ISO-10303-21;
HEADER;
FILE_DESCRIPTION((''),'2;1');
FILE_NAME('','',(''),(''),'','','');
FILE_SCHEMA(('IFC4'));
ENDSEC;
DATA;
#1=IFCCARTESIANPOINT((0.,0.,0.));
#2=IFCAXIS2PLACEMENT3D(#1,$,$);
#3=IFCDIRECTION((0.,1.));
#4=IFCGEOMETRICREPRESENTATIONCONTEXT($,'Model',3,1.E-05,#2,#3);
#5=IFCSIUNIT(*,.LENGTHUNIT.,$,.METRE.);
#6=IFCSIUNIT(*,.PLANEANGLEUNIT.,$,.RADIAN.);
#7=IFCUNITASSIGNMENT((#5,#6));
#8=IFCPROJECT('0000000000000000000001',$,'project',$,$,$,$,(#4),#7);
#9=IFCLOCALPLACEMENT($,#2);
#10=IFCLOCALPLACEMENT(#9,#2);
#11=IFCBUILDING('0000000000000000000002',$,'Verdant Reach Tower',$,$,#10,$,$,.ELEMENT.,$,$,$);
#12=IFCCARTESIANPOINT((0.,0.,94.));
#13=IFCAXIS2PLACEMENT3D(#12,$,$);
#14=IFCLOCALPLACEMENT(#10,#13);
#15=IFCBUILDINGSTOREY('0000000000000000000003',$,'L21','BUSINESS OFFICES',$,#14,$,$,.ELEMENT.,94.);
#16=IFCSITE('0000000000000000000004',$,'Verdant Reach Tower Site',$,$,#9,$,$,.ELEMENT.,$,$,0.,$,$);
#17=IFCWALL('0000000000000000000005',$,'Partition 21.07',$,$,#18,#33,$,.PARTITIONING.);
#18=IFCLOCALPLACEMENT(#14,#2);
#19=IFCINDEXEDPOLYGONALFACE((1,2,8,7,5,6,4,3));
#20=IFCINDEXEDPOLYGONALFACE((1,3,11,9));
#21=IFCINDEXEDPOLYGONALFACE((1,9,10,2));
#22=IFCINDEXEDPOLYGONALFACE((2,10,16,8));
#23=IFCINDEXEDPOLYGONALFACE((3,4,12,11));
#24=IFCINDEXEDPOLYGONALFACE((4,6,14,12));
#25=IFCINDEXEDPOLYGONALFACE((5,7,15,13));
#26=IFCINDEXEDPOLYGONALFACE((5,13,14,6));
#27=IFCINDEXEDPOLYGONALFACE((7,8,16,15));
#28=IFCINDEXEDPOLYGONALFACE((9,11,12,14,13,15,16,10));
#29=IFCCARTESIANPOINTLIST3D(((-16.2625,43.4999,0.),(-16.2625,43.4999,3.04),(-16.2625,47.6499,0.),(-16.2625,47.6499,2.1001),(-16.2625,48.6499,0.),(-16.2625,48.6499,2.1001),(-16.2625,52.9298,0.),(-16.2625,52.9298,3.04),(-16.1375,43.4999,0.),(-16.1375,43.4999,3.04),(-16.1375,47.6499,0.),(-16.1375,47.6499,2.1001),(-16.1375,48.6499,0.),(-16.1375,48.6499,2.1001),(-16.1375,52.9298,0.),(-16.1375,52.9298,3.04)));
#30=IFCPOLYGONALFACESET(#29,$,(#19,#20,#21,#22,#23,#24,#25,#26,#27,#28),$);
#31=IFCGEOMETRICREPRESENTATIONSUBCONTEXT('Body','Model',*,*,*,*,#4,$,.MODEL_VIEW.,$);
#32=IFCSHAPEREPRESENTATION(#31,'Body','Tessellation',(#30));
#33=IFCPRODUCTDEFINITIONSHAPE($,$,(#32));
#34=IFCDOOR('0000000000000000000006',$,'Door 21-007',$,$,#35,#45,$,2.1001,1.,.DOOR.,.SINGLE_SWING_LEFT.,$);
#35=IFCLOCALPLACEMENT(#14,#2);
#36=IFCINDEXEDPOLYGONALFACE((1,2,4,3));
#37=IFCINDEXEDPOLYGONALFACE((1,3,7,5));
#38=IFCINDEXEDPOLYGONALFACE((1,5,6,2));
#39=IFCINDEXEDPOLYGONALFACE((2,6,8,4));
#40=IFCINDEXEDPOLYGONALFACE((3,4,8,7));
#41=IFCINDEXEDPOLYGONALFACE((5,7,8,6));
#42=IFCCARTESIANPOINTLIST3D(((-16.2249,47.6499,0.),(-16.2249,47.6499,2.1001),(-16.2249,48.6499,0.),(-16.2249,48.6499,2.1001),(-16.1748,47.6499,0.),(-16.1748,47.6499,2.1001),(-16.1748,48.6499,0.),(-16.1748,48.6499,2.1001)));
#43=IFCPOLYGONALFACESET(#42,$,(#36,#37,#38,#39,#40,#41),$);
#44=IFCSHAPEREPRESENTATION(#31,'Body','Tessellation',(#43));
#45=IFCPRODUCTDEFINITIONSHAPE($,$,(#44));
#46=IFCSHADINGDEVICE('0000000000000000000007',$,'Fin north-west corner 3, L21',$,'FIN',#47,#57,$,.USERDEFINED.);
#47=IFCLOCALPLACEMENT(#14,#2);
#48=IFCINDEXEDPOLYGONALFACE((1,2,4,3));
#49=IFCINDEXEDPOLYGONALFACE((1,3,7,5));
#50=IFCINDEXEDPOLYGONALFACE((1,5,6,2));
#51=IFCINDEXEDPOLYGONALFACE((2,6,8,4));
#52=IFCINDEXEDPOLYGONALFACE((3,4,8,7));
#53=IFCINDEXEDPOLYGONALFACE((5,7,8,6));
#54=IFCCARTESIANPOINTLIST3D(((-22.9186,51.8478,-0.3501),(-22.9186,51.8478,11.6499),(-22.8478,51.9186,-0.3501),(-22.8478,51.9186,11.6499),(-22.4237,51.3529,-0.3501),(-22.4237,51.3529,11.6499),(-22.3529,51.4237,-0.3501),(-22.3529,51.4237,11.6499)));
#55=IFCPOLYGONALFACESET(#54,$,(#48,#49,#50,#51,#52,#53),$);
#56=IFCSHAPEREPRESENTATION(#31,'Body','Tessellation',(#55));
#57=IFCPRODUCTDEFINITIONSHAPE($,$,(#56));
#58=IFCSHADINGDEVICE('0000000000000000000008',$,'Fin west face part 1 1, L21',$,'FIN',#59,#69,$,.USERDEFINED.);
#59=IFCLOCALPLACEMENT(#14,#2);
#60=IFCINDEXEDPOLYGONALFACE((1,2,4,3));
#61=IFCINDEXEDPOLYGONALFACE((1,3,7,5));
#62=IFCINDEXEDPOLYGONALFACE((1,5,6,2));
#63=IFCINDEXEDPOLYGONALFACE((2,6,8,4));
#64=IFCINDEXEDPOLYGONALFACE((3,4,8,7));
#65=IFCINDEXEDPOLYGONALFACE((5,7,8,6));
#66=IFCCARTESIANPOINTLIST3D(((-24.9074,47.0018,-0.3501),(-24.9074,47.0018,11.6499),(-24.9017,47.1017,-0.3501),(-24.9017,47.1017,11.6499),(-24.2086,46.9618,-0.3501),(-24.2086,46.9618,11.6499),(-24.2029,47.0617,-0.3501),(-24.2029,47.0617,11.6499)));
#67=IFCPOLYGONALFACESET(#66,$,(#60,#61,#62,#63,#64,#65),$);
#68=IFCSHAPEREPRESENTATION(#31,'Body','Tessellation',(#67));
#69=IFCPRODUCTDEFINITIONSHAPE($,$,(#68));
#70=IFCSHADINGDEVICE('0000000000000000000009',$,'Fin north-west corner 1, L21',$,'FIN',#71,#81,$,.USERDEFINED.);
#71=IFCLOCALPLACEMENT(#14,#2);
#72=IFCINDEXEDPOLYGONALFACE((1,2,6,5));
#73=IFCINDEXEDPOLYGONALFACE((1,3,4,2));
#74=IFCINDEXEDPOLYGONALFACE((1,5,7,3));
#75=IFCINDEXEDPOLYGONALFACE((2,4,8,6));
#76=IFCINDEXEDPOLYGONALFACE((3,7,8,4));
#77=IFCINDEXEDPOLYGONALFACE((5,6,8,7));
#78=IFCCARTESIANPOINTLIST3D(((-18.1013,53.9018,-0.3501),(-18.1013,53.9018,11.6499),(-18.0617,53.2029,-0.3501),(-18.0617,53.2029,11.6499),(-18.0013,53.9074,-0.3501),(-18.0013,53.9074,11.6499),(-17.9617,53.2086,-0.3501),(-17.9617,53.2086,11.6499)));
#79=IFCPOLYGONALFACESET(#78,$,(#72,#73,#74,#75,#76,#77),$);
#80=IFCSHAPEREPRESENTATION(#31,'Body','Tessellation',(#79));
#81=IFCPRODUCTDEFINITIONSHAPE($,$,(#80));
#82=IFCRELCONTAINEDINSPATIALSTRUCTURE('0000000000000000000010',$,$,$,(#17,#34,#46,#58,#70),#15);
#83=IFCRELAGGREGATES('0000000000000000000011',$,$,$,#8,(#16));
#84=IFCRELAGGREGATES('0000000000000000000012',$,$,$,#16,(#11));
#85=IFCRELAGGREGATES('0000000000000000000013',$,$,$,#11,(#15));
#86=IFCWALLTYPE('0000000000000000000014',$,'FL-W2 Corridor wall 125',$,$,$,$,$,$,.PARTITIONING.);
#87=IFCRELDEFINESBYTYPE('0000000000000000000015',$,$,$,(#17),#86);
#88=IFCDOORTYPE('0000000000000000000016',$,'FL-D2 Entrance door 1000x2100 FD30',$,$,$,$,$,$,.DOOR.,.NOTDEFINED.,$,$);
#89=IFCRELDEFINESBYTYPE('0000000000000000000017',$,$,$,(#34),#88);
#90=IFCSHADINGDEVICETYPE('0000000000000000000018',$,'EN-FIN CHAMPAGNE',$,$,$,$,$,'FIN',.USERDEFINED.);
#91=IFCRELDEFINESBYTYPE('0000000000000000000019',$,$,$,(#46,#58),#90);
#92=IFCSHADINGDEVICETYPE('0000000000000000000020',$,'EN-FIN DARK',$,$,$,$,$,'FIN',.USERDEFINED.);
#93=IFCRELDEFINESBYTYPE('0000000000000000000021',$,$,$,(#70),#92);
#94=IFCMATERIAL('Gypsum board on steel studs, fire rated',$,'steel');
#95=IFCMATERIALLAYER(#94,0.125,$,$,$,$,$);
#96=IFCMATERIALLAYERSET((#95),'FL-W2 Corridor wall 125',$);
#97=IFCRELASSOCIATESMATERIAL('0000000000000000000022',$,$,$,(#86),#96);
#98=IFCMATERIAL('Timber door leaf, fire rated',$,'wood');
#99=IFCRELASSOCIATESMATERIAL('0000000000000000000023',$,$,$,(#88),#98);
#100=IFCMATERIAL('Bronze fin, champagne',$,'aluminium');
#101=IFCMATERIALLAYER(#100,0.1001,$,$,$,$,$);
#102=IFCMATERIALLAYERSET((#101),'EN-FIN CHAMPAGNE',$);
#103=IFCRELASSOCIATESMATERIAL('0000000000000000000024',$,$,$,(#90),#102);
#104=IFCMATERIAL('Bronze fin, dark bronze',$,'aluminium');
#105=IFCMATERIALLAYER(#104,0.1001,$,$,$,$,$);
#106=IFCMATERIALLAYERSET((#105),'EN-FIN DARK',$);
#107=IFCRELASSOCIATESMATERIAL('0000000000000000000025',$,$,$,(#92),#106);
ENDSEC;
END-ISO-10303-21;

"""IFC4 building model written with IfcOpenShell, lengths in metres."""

from ifc_helpers import new_model, si_unit, direction, frame, frame_2d, origin, origin_2d, place, context, subcontext, project, spatial, rectangle, extrude, material, layer, layer_set, type_object, element, fill, save


model = new_model("IFC4")

# Units and contexts
model_context = context("Model", 3, precision=1e-05, world=origin(), true_north=direction((0.0, 1.0)))
body_context = subcontext(model_context, "Body", "Model", "MODEL_VIEW")
ifc_project = project(units=[si_unit("LENGTHUNIT", "METRE"), si_unit("PLANEANGLEUNIT", "RADIAN")], contexts=[model_context])

# Site, building, storey
site_placement = place(None, origin())
site = spatial("IfcSite", under=ifc_project, at=site_placement, Name="Verdant Reach Tower Site", CompositionType="ELEMENT", RefElevation=0.0)
building_placement = place(site_placement, origin())
building = spatial("IfcBuilding", under=site, at=building_placement, Name="Verdant Reach Tower", CompositionType="ELEMENT")
storey_placement = place(building_placement, frame((0.0, 0.0, 94.0)))
storey = spatial("IfcBuildingStorey", under=building, at=storey_placement, Name="L21", Description="BUSINESS OFFICES", CompositionType="ELEMENT", Elevation=94.0)

# Wall, opening, door
ifc_material_1 = material(Name="Gypsum board on steel studs, fire rated", Category="steel")
ifc_layer_1 = layer(ifc_material_1, 0.125)
ifc_layer_set_1 = layer_set([ifc_layer_1], Name="FL-W2 Corridor wall 125")
wall_type_1 = type_object("IfcWallType", Name="FL-W2 Corridor wall 125", PredefinedType="PARTITIONING", material=ifc_layer_set_1)
wall_1_placement = place(storey_placement, frame((-16.2, 43.5, 0.0), z_axis=(0.0, 0.0, 1.0), x_axis=(0.0, 1.0, 0.0)))
wall_1 = element("IfcWall", 1, at=wall_1_placement, inside=storey, type_object=wall_type_1, Name="Partition 21.07", PredefinedType="PARTITIONING", context=body_context, shape_type="SweptSolid", body=[
    extrude(rectangle(XDim=9.4299, YDim=0.125, at=frame_2d((4.7148, 0.0))), origin(), (0.0, 0.0, 1.0), 3.04),
])
opening_placement = place(wall_1_placement, frame((4.1499, 0.0, 0.0)))
opening = element("IfcOpeningElement", 2, at=opening_placement, cuts=wall_1, PredefinedType="OPENING", context=body_context, shape_type="SweptSolid", body=[
    extrude(rectangle(XDim=1.0, YDim=2.1001, at=frame_2d((0.5, 1.05))), frame((0.0, 0.0725, 0.0), z_axis=(0.0, -1.0, 0.0), x_axis=(1.0, 0.0, 0.0)), (0.0, 0.0, 1.0), 0.145),
])
ifc_material_2 = material(Name="Timber door leaf, fire rated", Category="wood")
door_type = type_object("IfcDoorType", Name="FL-D2 Entrance door 1000x2100 FD30", OperationType="NOTDEFINED", PredefinedType="DOOR", material=ifc_material_2)
door_placement = place(opening_placement, origin())
door = element("IfcDoor", 3, at=door_placement, inside=storey, type_object=door_type, Name="Door 21-007", OperationType="SINGLE_SWING_LEFT", OverallHeight=2.1001, OverallWidth=1.0, PredefinedType="DOOR", context=body_context, shape_type="SweptSolid", body=[
    extrude(rectangle(XDim=1.0, YDim=2.1001, at=frame_2d((0.5, 1.05))), frame((0.0, 0.0249, 0.0), z_axis=(0.0, -1.0, 0.0), x_axis=(1.0, 0.0, 0.0)), (0.0, 0.0, 1.0), 0.05),
])
fill(opening, door)

# Shading devices
ifc_material_3 = material(Name="Bronze fin, champagne", Category="aluminium")
ifc_layer_2 = layer(ifc_material_3, 0.1001)
ifc_layer_set_2 = layer_set([ifc_layer_2], Name="EN-FIN CHAMPAGNE")
shading_device_type_1 = type_object("IfcShadingDeviceType", Name="EN-FIN CHAMPAGNE", ElementType="FIN", PredefinedType="USERDEFINED", material=ifc_layer_set_2)
for number, where, z_axis, x_axis, name in (
    (4, (-22.6357, 51.6357, -0.3501), (0.0, 0.0, 1.0), (-0.707107, -0.707107, 0.0), "Fin north-west corner 3, L21"),
    (5, (-24.5552, 47.0317, -0.3501), (0.0, 0.0, 1.0), (-0.057135, -0.998366, 0.0), "Fin west face part 1 1, L21"),
):
    element("IfcShadingDevice", number, at=place(storey_placement, frame(where, z_axis=z_axis, x_axis=x_axis)), inside=storey, type_object=shading_device_type_1, Name=name, ObjectType="FIN", PredefinedType="USERDEFINED", context=body_context, shape_type="SweptSolid", body=[
        extrude(rectangle(XDim=0.1001, YDim=0.7, at=origin_2d()), origin(), (0.0, 0.0, 1.0), 12.0),
    ])
ifc_material_4 = material(Name="Bronze fin, dark bronze", Category="aluminium")
ifc_layer_3 = layer(ifc_material_4, 0.1001)
ifc_layer_set_3 = layer_set([ifc_layer_3], Name="EN-FIN DARK")
shading_device_type_2 = type_object("IfcShadingDeviceType", Name="EN-FIN DARK", ElementType="FIN", PredefinedType="USERDEFINED", material=ifc_layer_set_3)
shading_device_placement = place(storey_placement, frame((-18.0315, 53.5552, -0.3501), z_axis=(0.0, 0.0, 1.0), x_axis=(-0.998399, -0.056569, 0.0)))
element("IfcShadingDevice", 6, at=shading_device_placement, inside=storey, type_object=shading_device_type_2, Name="Fin north-west corner 1, L21", ObjectType="FIN", PredefinedType="USERDEFINED", context=body_context, shape_type="SweptSolid", body=[
    extrude(rectangle(XDim=0.1001, YDim=0.7, at=origin_2d()), origin(), (0.0, 0.0, 1.0), 12.0),
])

save(model, "model.ifc")
